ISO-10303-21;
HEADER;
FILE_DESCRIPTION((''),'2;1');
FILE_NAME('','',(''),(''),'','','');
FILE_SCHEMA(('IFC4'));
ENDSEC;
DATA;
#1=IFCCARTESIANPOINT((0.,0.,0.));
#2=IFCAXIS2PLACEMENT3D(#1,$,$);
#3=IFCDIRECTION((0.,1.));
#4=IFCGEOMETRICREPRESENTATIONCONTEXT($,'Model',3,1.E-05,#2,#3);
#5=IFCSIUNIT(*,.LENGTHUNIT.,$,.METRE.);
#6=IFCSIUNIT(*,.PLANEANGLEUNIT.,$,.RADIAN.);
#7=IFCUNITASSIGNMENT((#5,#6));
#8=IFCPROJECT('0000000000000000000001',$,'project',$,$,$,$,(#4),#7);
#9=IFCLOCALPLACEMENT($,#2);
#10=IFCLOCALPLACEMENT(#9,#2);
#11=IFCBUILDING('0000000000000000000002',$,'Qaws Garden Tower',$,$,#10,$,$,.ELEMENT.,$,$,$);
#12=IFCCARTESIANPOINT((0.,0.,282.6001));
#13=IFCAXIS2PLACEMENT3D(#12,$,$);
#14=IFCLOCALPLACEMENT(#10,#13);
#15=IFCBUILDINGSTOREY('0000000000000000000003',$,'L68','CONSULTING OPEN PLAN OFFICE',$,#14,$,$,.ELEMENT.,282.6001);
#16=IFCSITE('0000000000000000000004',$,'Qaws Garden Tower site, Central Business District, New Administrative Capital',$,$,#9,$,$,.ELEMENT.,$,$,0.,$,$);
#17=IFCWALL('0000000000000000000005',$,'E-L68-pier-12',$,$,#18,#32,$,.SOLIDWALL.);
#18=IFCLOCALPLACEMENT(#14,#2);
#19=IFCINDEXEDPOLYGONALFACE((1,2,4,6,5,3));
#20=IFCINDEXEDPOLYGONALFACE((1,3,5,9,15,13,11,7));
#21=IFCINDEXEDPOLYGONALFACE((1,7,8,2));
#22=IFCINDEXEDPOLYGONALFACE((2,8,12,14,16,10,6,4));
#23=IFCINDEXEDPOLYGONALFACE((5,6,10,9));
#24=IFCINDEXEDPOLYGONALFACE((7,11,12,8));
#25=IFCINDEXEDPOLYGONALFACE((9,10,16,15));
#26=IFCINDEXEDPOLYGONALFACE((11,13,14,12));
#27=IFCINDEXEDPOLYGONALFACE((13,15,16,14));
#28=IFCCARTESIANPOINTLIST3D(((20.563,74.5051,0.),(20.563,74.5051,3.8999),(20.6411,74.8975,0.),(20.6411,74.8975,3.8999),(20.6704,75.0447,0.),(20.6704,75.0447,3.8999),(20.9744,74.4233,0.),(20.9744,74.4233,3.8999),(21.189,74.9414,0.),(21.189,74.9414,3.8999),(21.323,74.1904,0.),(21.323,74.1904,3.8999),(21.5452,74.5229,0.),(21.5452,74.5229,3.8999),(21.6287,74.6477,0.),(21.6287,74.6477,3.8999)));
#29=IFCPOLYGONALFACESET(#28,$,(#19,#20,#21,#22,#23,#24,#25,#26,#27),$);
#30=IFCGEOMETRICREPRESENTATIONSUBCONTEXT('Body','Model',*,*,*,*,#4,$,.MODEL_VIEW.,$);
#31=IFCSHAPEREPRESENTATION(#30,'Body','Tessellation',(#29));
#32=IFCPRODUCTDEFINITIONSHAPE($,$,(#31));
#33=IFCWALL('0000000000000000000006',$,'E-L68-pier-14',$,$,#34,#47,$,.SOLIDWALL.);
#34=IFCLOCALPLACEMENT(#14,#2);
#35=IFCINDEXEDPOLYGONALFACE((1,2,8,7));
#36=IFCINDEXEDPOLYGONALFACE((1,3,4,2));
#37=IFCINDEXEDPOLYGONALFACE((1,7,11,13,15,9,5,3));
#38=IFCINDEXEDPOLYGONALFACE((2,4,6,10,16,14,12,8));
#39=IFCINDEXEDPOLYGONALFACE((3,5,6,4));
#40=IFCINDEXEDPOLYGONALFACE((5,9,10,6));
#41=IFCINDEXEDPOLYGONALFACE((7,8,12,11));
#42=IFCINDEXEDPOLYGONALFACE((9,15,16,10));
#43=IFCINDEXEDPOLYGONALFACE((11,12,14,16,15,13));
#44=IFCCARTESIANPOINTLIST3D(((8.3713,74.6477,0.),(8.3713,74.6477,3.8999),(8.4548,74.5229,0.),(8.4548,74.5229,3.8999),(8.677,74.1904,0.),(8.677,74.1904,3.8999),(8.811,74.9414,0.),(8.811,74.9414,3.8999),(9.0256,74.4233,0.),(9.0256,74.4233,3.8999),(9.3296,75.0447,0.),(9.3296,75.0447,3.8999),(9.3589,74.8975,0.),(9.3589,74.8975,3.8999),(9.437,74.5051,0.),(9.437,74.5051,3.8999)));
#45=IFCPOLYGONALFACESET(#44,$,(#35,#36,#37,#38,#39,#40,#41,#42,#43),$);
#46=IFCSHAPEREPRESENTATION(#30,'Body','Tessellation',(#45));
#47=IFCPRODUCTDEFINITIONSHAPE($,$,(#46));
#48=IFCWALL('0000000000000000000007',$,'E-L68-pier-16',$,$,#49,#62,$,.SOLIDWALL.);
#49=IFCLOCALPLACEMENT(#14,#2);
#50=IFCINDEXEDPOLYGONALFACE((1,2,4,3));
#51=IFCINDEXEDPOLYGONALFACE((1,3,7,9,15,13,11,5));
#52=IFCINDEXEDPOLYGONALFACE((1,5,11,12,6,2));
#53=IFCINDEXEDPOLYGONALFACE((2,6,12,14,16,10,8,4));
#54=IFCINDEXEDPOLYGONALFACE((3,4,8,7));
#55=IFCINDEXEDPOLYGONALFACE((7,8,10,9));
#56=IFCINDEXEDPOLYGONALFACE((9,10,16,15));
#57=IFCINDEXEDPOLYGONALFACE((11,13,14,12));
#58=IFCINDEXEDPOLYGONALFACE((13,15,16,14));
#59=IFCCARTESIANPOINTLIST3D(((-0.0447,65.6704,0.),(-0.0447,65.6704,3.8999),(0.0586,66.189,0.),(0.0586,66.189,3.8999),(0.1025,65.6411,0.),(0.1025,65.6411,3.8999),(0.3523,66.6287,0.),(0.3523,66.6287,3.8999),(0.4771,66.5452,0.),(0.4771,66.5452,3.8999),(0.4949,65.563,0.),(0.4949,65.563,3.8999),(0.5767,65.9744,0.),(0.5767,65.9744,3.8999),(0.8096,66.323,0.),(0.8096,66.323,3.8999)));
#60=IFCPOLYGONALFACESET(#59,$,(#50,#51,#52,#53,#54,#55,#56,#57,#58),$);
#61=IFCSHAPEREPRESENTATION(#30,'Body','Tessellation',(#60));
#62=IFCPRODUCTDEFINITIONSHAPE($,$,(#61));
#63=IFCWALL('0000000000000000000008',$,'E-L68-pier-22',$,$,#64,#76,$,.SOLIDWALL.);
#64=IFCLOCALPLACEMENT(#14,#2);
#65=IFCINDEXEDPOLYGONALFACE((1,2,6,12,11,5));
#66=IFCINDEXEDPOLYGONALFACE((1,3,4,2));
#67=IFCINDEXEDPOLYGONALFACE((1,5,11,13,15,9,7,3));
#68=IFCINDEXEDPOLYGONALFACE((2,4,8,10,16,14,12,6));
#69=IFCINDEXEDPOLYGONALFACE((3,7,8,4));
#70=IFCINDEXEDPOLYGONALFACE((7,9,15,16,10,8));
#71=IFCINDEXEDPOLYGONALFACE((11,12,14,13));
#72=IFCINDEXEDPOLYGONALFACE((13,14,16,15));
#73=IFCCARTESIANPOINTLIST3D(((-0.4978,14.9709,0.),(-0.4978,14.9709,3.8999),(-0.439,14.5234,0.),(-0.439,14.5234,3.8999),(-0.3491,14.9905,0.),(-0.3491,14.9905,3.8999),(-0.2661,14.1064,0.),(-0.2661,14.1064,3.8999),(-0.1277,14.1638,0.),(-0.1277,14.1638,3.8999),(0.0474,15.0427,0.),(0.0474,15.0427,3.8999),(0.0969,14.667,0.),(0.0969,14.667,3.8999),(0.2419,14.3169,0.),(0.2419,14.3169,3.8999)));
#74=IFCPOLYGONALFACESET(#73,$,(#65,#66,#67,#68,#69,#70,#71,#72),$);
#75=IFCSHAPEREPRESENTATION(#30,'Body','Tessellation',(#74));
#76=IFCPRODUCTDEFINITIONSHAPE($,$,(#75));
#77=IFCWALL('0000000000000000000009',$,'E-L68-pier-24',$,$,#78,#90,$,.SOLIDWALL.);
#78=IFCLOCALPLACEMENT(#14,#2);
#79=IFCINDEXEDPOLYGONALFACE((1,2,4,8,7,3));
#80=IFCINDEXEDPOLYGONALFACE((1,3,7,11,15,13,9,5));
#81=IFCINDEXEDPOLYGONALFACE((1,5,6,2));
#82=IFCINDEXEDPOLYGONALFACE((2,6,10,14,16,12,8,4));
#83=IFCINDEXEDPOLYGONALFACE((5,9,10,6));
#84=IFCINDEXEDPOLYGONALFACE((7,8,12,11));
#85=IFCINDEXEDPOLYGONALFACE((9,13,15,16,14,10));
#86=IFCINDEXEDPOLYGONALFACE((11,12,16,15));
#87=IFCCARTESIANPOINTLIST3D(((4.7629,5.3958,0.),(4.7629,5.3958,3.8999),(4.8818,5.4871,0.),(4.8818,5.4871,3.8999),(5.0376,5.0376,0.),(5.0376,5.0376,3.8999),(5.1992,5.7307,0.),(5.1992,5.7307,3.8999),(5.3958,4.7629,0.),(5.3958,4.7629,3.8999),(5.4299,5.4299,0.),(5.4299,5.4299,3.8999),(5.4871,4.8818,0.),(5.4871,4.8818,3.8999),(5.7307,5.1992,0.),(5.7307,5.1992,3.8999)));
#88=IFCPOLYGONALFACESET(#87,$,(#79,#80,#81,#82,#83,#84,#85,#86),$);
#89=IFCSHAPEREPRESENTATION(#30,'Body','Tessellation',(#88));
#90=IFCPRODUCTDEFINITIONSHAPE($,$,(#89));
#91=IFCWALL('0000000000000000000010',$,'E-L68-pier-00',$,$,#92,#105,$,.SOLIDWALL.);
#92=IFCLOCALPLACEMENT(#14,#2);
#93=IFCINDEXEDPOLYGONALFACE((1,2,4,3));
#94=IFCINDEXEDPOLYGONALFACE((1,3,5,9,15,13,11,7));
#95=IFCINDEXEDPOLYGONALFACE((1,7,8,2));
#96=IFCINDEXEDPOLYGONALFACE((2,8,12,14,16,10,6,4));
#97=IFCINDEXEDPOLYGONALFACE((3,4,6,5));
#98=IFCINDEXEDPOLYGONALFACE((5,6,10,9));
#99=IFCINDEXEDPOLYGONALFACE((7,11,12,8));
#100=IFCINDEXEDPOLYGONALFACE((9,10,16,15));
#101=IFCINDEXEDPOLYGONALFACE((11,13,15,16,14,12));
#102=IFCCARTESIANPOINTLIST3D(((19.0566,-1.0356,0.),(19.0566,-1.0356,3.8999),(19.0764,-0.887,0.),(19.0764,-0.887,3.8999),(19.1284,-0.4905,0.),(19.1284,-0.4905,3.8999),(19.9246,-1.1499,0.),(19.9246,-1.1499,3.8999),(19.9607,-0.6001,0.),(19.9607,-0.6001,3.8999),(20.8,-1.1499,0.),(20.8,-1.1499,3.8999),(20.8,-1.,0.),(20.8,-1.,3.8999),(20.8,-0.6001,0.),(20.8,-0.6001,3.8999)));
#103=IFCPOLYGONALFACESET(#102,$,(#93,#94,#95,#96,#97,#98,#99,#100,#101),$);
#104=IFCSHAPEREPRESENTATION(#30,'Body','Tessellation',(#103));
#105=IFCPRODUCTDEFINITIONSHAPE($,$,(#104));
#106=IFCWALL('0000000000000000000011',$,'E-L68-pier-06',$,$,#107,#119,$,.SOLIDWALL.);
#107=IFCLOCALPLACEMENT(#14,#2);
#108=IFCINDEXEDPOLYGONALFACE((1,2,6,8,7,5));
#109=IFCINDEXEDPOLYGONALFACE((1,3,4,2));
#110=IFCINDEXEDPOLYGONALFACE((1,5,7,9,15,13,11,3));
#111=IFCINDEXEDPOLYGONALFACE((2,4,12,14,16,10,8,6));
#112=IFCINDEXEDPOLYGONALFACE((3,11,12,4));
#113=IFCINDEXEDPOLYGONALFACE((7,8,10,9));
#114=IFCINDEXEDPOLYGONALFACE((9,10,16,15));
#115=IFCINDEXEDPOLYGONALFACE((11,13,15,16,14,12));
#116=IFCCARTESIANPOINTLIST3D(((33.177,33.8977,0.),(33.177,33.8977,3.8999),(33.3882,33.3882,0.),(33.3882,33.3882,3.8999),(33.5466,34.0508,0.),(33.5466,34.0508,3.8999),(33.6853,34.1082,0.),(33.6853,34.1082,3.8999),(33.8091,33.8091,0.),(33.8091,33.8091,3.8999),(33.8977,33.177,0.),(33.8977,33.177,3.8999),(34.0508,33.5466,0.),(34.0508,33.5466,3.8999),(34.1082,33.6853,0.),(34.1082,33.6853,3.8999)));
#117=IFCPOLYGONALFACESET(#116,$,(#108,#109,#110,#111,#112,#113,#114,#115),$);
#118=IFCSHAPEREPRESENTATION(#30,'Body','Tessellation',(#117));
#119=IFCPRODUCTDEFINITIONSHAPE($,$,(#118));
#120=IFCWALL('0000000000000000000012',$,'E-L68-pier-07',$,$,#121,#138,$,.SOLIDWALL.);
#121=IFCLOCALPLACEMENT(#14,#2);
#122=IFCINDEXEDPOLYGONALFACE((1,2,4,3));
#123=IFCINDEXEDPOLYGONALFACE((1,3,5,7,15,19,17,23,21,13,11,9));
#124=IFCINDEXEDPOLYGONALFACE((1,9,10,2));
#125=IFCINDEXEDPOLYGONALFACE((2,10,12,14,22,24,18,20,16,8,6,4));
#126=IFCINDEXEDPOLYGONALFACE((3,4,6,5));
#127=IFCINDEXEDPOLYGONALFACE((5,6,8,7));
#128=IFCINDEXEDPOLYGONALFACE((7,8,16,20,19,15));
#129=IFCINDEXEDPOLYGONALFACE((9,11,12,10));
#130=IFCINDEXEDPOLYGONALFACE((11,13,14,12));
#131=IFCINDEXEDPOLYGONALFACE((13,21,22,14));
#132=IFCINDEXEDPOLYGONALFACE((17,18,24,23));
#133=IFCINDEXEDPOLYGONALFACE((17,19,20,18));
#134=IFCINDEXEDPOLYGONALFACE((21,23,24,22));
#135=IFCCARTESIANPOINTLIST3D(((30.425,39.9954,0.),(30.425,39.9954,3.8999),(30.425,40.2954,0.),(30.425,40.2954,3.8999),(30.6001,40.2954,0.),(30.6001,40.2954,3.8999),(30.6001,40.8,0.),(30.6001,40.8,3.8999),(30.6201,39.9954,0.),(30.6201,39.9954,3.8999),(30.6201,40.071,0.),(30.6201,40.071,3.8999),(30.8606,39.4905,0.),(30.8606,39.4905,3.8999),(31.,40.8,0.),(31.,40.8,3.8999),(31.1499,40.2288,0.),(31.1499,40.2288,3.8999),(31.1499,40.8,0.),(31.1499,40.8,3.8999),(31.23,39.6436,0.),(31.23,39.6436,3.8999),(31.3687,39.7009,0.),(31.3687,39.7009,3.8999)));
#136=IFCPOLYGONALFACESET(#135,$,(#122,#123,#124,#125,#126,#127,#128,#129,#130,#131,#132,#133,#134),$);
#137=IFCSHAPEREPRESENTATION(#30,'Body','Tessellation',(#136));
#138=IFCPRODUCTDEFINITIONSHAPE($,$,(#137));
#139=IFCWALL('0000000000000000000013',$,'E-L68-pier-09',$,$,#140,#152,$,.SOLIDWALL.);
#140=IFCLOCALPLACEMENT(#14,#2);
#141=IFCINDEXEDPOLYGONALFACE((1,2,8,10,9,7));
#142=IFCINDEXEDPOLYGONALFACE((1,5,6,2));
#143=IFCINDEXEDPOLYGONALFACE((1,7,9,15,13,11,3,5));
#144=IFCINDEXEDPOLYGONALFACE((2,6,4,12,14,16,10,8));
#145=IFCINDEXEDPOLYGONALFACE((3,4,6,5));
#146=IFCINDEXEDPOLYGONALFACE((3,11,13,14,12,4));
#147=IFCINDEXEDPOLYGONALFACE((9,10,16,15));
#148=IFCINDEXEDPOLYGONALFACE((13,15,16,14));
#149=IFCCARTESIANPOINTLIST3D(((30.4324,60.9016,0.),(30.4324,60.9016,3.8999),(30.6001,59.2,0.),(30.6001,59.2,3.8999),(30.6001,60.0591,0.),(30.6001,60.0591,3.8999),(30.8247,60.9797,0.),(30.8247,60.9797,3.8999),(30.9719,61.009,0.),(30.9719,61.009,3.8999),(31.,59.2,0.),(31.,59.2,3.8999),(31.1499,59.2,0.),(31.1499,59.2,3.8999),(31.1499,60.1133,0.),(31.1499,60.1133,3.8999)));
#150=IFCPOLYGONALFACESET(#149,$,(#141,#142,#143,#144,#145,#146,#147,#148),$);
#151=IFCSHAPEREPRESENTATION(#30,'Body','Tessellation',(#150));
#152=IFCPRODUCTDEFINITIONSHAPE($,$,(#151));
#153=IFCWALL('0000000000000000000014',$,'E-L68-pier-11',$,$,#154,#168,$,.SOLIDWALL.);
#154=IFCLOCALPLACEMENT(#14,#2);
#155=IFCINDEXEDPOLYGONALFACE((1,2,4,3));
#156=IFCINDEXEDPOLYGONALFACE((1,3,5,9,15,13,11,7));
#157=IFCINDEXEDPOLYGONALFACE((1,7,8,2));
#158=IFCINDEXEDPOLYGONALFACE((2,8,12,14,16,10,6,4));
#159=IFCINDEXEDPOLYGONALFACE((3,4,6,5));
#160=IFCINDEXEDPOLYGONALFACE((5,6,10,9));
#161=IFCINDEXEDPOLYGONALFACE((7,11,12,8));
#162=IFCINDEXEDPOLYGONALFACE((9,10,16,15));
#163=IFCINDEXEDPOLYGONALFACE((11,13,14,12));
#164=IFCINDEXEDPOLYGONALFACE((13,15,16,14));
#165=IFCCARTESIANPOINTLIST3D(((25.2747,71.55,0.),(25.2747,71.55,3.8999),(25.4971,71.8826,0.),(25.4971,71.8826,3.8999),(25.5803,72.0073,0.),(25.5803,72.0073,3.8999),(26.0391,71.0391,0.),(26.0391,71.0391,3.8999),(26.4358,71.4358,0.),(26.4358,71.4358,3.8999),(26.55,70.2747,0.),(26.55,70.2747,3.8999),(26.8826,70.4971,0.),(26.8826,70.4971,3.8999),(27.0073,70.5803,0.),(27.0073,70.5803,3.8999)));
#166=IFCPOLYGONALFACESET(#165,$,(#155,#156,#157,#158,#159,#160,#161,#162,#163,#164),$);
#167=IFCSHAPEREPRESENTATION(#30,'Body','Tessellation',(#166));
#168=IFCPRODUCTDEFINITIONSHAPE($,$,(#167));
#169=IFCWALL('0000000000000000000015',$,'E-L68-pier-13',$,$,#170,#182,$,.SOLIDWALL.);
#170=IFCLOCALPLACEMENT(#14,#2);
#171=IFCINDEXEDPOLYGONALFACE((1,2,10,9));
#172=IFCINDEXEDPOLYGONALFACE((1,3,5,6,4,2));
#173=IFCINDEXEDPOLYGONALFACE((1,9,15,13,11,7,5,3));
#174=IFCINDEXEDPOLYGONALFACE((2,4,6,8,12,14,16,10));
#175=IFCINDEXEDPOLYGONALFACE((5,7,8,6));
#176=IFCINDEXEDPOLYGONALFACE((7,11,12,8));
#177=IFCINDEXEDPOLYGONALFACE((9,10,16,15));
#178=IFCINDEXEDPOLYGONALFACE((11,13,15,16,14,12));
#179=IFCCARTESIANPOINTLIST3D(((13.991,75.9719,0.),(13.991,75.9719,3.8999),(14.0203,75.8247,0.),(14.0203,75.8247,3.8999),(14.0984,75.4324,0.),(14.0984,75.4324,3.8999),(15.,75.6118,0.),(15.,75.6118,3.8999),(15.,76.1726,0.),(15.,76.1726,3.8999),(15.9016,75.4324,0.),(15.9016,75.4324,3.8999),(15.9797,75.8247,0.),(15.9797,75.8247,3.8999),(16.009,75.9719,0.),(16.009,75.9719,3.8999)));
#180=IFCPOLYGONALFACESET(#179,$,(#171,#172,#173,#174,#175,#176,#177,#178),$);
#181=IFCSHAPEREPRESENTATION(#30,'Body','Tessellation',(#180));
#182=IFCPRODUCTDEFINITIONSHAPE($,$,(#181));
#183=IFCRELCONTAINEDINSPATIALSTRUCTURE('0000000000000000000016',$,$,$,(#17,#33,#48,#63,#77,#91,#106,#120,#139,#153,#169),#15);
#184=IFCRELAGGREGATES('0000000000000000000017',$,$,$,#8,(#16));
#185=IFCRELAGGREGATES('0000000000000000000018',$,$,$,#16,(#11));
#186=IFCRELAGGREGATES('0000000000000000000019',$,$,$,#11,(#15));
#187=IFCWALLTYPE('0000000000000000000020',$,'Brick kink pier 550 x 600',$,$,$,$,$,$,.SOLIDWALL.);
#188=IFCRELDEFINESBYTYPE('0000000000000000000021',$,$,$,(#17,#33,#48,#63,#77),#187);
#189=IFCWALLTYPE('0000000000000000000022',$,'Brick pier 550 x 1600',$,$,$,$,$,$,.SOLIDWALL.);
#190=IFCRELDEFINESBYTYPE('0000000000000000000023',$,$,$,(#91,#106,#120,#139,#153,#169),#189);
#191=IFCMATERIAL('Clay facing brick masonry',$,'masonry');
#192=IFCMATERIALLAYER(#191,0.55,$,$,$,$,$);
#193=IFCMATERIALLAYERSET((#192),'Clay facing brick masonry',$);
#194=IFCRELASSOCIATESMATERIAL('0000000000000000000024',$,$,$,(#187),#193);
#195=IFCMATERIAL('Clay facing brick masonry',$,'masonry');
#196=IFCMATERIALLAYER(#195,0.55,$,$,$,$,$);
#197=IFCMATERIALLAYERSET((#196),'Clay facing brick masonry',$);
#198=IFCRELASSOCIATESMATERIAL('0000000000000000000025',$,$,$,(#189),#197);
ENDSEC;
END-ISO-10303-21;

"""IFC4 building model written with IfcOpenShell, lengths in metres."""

from ifc_helpers import new_model, si_unit, direction, frame, origin, place, context, subcontext, project, spatial, polyline, outline, extrude, material, layer, layer_set, type_object, element, save


model = new_model("IFC4")

# Units and contexts
model_context = context("Model", 3, precision=1e-05, world=origin(), true_north=direction((0.0, 1.0)))
body_context = subcontext(model_context, "Body", "Model", "MODEL_VIEW")
ifc_project = project(units=[si_unit("LENGTHUNIT", "METRE"), si_unit("PLANEANGLEUNIT", "RADIAN")], contexts=[model_context])

# Site, building, storey
site_placement = place(None, origin())
site = spatial("IfcSite", under=ifc_project, at=site_placement, Name="Qaws Garden Tower site, Central Business District, New Administrative Capital", CompositionType="ELEMENT", RefElevation=0.0)
building_placement = place(site_placement, origin())
building = spatial("IfcBuilding", under=site, at=building_placement, Name="Qaws Garden Tower", CompositionType="ELEMENT")
storey_placement = place(building_placement, frame((0.0, 0.0, 282.6001)))
storey = spatial("IfcBuildingStorey", under=building, at=storey_placement, Name="L68", Description="CONSULTING OPEN PLAN OFFICE", CompositionType="ELEMENT", Elevation=282.6001)

# Walls
placement = place(storey_placement, origin())
ifc_material_1 = material(Name="Clay facing brick masonry", Category="masonry")
ifc_layer_1 = layer(ifc_material_1, 0.55)
ifc_layer_set_1 = layer_set([ifc_layer_1], Name="Clay facing brick masonry")
wall_type_1 = type_object("IfcWallType", Name="Brick kink pier 550 x 600", PredefinedType="SOLIDWALL", material=ifc_layer_set_1)
element("IfcWall", 1, at=placement, inside=storey, type_object=wall_type_1, Name="E-L68-pier-12", PredefinedType="SOLIDWALL", context=body_context, shape_type="SweptSolid", body=[
    extrude(outline(polyline([(21.5452, 74.5229), (21.6287, 74.6477), (21.189, 74.9414), (20.6704, 75.0447), (20.6411, 74.8975), (20.563, 74.5051), (20.9744, 74.4233), (21.323, 74.1904), (21.5452, 74.5229)])), origin(), (0.0, 0.0, 1.0), 3.8999),
])
element("IfcWall", 2, at=placement, inside=storey, type_object=wall_type_1, Name="E-L68-pier-14", PredefinedType="SOLIDWALL", context=body_context, shape_type="SweptSolid", body=[
    extrude(outline(polyline([(9.3589, 74.8975), (9.3296, 75.0447), (8.811, 74.9414), (8.3713, 74.6477), (8.4548, 74.5229), (8.677, 74.1904), (9.0256, 74.4233), (9.437, 74.5051), (9.3589, 74.8975)])), origin(), (0.0, 0.0, 1.0), 3.8999),
])
element("IfcWall", 3, at=placement, inside=storey, type_object=wall_type_1, Name="E-L68-pier-16", PredefinedType="SOLIDWALL", context=body_context, shape_type="SweptSolid", body=[
    extrude(outline(polyline([(0.4771, 66.5452), (0.3523, 66.6287), (0.0586, 66.189), (-0.0447, 65.6704), (0.1025, 65.6411), (0.4949, 65.563), (0.5767, 65.9744), (0.8096, 66.323), (0.4771, 66.5452)])), origin(), (0.0, 0.0, 1.0), 3.8999),
])
element("IfcWall", 4, at=placement, inside=storey, type_object=wall_type_1, Name="E-L68-pier-22", PredefinedType="SOLIDWALL", context=body_context, shape_type="SweptSolid", body=[
    extrude(outline(polyline([(-0.3491, 14.9905), (-0.4978, 14.9709), (-0.439, 14.5234), (-0.2661, 14.1064), (-0.1277, 14.1638), (0.2419, 14.3169), (0.0969, 14.667), (0.0474, 15.0427), (-0.3491, 14.9905)])), origin(), (0.0, 0.0, 1.0), 3.8999),
])
element("IfcWall", 5, at=placement, inside=storey, type_object=wall_type_1, Name="E-L68-pier-24", PredefinedType="SOLIDWALL", context=body_context, shape_type="SweptSolid", body=[
    extrude(outline(polyline([(4.8818, 5.4871), (4.7629, 5.3958), (5.0376, 5.0376), (5.3958, 4.7629), (5.4871, 4.8818), (5.7307, 5.1992), (5.4299, 5.4299), (5.1992, 5.7307), (4.8818, 5.4871)])), origin(), (0.0, 0.0, 1.0), 3.8999),
])
ifc_material_2 = material(Name="Clay facing brick masonry", Category="masonry")
ifc_layer_2 = layer(ifc_material_2, 0.55)
ifc_layer_set_2 = layer_set([ifc_layer_2], Name="Clay facing brick masonry")
wall_type_2 = type_object("IfcWallType", Name="Brick pier 550 x 1600", PredefinedType="SOLIDWALL", material=ifc_layer_set_2)
element("IfcWall", 6, at=placement, inside=storey, type_object=wall_type_2, Name="E-L68-pier-00", PredefinedType="SOLIDWALL", context=body_context, shape_type="SweptSolid", body=[
    extrude(outline(polyline([(19.0764, -0.887), (19.0566, -1.0356), (19.9246, -1.1499), (20.8, -1.1499), (20.8, -1.0), (20.8, -0.6001), (19.9607, -0.6001), (19.1284, -0.4905), (19.0764, -0.887)])), origin(), (0.0, 0.0, 1.0), 3.8999),
])
element("IfcWall", 7, at=placement, inside=storey, type_object=wall_type_2, Name="E-L68-pier-06", PredefinedType="SOLIDWALL", context=body_context, shape_type="SweptSolid", body=[
    extrude(outline(polyline([(34.0508, 33.5466), (34.1082, 33.6853), (33.8091, 33.8091), (33.6853, 34.1082), (33.5466, 34.0508), (33.177, 33.8977), (33.3882, 33.3882), (33.8977, 33.177), (34.0508, 33.5466)])), origin(), (0.0, 0.0, 1.0), 3.8999),
])
element("IfcWall", 8, at=placement, inside=storey, type_object=wall_type_2, Name="E-L68-pier-07", PredefinedType="SOLIDWALL", context=body_context, shape_type="SweptSolid", body=[
    extrude(outline(polyline([(30.6201, 39.9954), (30.6201, 40.071), (30.8606, 39.4905), (31.23, 39.6436), (31.3687, 39.7009), (31.1499, 40.2288), (31.1499, 40.8), (31.0, 40.8), (30.6001, 40.8), (30.6001, 40.2954), (30.425, 40.2954), (30.425, 39.9954), (30.6201, 39.9954)])), origin(), (0.0, 0.0, 1.0), 3.8999),
])
element("IfcWall", 9, at=placement, inside=storey, type_object=wall_type_2, Name="E-L68-pier-09", PredefinedType="SOLIDWALL", context=body_context, shape_type="SweptSolid", body=[
    extrude(outline(polyline([(31.0, 59.2), (31.1499, 59.2), (31.1499, 60.1133), (30.9719, 61.009), (30.8247, 60.9797), (30.4324, 60.9016), (30.6001, 60.0591), (30.6001, 59.2), (31.0, 59.2)])), origin(), (0.0, 0.0, 1.0), 3.8999),
])
element("IfcWall", 10, at=placement, inside=storey, type_object=wall_type_2, Name="E-L68-pier-11", PredefinedType="SOLIDWALL", context=body_context, shape_type="SweptSolid", body=[
    extrude(outline(polyline([(26.8826, 70.4971), (27.0073, 70.5803), (26.4358, 71.4358), (25.5803, 72.0073), (25.4971, 71.8826), (25.2747, 71.55), (26.0391, 71.0391), (26.55, 70.2747), (26.8826, 70.4971)])), origin(), (0.0, 0.0, 1.0), 3.8999),
])
element("IfcWall", 11, at=placement, inside=storey, type_object=wall_type_2, Name="E-L68-pier-13", PredefinedType="SOLIDWALL", context=body_context, shape_type="SweptSolid", body=[
    extrude(outline(polyline([(15.9797, 75.8247), (16.009, 75.9719), (15.0, 76.1726), (13.991, 75.9719), (14.0203, 75.8247), (14.0984, 75.4324), (15.0, 75.6118), (15.9016, 75.4324), (15.9797, 75.8247)])), origin(), (0.0, 0.0, 1.0), 3.8999),
])

save(model, "model.ifc")
